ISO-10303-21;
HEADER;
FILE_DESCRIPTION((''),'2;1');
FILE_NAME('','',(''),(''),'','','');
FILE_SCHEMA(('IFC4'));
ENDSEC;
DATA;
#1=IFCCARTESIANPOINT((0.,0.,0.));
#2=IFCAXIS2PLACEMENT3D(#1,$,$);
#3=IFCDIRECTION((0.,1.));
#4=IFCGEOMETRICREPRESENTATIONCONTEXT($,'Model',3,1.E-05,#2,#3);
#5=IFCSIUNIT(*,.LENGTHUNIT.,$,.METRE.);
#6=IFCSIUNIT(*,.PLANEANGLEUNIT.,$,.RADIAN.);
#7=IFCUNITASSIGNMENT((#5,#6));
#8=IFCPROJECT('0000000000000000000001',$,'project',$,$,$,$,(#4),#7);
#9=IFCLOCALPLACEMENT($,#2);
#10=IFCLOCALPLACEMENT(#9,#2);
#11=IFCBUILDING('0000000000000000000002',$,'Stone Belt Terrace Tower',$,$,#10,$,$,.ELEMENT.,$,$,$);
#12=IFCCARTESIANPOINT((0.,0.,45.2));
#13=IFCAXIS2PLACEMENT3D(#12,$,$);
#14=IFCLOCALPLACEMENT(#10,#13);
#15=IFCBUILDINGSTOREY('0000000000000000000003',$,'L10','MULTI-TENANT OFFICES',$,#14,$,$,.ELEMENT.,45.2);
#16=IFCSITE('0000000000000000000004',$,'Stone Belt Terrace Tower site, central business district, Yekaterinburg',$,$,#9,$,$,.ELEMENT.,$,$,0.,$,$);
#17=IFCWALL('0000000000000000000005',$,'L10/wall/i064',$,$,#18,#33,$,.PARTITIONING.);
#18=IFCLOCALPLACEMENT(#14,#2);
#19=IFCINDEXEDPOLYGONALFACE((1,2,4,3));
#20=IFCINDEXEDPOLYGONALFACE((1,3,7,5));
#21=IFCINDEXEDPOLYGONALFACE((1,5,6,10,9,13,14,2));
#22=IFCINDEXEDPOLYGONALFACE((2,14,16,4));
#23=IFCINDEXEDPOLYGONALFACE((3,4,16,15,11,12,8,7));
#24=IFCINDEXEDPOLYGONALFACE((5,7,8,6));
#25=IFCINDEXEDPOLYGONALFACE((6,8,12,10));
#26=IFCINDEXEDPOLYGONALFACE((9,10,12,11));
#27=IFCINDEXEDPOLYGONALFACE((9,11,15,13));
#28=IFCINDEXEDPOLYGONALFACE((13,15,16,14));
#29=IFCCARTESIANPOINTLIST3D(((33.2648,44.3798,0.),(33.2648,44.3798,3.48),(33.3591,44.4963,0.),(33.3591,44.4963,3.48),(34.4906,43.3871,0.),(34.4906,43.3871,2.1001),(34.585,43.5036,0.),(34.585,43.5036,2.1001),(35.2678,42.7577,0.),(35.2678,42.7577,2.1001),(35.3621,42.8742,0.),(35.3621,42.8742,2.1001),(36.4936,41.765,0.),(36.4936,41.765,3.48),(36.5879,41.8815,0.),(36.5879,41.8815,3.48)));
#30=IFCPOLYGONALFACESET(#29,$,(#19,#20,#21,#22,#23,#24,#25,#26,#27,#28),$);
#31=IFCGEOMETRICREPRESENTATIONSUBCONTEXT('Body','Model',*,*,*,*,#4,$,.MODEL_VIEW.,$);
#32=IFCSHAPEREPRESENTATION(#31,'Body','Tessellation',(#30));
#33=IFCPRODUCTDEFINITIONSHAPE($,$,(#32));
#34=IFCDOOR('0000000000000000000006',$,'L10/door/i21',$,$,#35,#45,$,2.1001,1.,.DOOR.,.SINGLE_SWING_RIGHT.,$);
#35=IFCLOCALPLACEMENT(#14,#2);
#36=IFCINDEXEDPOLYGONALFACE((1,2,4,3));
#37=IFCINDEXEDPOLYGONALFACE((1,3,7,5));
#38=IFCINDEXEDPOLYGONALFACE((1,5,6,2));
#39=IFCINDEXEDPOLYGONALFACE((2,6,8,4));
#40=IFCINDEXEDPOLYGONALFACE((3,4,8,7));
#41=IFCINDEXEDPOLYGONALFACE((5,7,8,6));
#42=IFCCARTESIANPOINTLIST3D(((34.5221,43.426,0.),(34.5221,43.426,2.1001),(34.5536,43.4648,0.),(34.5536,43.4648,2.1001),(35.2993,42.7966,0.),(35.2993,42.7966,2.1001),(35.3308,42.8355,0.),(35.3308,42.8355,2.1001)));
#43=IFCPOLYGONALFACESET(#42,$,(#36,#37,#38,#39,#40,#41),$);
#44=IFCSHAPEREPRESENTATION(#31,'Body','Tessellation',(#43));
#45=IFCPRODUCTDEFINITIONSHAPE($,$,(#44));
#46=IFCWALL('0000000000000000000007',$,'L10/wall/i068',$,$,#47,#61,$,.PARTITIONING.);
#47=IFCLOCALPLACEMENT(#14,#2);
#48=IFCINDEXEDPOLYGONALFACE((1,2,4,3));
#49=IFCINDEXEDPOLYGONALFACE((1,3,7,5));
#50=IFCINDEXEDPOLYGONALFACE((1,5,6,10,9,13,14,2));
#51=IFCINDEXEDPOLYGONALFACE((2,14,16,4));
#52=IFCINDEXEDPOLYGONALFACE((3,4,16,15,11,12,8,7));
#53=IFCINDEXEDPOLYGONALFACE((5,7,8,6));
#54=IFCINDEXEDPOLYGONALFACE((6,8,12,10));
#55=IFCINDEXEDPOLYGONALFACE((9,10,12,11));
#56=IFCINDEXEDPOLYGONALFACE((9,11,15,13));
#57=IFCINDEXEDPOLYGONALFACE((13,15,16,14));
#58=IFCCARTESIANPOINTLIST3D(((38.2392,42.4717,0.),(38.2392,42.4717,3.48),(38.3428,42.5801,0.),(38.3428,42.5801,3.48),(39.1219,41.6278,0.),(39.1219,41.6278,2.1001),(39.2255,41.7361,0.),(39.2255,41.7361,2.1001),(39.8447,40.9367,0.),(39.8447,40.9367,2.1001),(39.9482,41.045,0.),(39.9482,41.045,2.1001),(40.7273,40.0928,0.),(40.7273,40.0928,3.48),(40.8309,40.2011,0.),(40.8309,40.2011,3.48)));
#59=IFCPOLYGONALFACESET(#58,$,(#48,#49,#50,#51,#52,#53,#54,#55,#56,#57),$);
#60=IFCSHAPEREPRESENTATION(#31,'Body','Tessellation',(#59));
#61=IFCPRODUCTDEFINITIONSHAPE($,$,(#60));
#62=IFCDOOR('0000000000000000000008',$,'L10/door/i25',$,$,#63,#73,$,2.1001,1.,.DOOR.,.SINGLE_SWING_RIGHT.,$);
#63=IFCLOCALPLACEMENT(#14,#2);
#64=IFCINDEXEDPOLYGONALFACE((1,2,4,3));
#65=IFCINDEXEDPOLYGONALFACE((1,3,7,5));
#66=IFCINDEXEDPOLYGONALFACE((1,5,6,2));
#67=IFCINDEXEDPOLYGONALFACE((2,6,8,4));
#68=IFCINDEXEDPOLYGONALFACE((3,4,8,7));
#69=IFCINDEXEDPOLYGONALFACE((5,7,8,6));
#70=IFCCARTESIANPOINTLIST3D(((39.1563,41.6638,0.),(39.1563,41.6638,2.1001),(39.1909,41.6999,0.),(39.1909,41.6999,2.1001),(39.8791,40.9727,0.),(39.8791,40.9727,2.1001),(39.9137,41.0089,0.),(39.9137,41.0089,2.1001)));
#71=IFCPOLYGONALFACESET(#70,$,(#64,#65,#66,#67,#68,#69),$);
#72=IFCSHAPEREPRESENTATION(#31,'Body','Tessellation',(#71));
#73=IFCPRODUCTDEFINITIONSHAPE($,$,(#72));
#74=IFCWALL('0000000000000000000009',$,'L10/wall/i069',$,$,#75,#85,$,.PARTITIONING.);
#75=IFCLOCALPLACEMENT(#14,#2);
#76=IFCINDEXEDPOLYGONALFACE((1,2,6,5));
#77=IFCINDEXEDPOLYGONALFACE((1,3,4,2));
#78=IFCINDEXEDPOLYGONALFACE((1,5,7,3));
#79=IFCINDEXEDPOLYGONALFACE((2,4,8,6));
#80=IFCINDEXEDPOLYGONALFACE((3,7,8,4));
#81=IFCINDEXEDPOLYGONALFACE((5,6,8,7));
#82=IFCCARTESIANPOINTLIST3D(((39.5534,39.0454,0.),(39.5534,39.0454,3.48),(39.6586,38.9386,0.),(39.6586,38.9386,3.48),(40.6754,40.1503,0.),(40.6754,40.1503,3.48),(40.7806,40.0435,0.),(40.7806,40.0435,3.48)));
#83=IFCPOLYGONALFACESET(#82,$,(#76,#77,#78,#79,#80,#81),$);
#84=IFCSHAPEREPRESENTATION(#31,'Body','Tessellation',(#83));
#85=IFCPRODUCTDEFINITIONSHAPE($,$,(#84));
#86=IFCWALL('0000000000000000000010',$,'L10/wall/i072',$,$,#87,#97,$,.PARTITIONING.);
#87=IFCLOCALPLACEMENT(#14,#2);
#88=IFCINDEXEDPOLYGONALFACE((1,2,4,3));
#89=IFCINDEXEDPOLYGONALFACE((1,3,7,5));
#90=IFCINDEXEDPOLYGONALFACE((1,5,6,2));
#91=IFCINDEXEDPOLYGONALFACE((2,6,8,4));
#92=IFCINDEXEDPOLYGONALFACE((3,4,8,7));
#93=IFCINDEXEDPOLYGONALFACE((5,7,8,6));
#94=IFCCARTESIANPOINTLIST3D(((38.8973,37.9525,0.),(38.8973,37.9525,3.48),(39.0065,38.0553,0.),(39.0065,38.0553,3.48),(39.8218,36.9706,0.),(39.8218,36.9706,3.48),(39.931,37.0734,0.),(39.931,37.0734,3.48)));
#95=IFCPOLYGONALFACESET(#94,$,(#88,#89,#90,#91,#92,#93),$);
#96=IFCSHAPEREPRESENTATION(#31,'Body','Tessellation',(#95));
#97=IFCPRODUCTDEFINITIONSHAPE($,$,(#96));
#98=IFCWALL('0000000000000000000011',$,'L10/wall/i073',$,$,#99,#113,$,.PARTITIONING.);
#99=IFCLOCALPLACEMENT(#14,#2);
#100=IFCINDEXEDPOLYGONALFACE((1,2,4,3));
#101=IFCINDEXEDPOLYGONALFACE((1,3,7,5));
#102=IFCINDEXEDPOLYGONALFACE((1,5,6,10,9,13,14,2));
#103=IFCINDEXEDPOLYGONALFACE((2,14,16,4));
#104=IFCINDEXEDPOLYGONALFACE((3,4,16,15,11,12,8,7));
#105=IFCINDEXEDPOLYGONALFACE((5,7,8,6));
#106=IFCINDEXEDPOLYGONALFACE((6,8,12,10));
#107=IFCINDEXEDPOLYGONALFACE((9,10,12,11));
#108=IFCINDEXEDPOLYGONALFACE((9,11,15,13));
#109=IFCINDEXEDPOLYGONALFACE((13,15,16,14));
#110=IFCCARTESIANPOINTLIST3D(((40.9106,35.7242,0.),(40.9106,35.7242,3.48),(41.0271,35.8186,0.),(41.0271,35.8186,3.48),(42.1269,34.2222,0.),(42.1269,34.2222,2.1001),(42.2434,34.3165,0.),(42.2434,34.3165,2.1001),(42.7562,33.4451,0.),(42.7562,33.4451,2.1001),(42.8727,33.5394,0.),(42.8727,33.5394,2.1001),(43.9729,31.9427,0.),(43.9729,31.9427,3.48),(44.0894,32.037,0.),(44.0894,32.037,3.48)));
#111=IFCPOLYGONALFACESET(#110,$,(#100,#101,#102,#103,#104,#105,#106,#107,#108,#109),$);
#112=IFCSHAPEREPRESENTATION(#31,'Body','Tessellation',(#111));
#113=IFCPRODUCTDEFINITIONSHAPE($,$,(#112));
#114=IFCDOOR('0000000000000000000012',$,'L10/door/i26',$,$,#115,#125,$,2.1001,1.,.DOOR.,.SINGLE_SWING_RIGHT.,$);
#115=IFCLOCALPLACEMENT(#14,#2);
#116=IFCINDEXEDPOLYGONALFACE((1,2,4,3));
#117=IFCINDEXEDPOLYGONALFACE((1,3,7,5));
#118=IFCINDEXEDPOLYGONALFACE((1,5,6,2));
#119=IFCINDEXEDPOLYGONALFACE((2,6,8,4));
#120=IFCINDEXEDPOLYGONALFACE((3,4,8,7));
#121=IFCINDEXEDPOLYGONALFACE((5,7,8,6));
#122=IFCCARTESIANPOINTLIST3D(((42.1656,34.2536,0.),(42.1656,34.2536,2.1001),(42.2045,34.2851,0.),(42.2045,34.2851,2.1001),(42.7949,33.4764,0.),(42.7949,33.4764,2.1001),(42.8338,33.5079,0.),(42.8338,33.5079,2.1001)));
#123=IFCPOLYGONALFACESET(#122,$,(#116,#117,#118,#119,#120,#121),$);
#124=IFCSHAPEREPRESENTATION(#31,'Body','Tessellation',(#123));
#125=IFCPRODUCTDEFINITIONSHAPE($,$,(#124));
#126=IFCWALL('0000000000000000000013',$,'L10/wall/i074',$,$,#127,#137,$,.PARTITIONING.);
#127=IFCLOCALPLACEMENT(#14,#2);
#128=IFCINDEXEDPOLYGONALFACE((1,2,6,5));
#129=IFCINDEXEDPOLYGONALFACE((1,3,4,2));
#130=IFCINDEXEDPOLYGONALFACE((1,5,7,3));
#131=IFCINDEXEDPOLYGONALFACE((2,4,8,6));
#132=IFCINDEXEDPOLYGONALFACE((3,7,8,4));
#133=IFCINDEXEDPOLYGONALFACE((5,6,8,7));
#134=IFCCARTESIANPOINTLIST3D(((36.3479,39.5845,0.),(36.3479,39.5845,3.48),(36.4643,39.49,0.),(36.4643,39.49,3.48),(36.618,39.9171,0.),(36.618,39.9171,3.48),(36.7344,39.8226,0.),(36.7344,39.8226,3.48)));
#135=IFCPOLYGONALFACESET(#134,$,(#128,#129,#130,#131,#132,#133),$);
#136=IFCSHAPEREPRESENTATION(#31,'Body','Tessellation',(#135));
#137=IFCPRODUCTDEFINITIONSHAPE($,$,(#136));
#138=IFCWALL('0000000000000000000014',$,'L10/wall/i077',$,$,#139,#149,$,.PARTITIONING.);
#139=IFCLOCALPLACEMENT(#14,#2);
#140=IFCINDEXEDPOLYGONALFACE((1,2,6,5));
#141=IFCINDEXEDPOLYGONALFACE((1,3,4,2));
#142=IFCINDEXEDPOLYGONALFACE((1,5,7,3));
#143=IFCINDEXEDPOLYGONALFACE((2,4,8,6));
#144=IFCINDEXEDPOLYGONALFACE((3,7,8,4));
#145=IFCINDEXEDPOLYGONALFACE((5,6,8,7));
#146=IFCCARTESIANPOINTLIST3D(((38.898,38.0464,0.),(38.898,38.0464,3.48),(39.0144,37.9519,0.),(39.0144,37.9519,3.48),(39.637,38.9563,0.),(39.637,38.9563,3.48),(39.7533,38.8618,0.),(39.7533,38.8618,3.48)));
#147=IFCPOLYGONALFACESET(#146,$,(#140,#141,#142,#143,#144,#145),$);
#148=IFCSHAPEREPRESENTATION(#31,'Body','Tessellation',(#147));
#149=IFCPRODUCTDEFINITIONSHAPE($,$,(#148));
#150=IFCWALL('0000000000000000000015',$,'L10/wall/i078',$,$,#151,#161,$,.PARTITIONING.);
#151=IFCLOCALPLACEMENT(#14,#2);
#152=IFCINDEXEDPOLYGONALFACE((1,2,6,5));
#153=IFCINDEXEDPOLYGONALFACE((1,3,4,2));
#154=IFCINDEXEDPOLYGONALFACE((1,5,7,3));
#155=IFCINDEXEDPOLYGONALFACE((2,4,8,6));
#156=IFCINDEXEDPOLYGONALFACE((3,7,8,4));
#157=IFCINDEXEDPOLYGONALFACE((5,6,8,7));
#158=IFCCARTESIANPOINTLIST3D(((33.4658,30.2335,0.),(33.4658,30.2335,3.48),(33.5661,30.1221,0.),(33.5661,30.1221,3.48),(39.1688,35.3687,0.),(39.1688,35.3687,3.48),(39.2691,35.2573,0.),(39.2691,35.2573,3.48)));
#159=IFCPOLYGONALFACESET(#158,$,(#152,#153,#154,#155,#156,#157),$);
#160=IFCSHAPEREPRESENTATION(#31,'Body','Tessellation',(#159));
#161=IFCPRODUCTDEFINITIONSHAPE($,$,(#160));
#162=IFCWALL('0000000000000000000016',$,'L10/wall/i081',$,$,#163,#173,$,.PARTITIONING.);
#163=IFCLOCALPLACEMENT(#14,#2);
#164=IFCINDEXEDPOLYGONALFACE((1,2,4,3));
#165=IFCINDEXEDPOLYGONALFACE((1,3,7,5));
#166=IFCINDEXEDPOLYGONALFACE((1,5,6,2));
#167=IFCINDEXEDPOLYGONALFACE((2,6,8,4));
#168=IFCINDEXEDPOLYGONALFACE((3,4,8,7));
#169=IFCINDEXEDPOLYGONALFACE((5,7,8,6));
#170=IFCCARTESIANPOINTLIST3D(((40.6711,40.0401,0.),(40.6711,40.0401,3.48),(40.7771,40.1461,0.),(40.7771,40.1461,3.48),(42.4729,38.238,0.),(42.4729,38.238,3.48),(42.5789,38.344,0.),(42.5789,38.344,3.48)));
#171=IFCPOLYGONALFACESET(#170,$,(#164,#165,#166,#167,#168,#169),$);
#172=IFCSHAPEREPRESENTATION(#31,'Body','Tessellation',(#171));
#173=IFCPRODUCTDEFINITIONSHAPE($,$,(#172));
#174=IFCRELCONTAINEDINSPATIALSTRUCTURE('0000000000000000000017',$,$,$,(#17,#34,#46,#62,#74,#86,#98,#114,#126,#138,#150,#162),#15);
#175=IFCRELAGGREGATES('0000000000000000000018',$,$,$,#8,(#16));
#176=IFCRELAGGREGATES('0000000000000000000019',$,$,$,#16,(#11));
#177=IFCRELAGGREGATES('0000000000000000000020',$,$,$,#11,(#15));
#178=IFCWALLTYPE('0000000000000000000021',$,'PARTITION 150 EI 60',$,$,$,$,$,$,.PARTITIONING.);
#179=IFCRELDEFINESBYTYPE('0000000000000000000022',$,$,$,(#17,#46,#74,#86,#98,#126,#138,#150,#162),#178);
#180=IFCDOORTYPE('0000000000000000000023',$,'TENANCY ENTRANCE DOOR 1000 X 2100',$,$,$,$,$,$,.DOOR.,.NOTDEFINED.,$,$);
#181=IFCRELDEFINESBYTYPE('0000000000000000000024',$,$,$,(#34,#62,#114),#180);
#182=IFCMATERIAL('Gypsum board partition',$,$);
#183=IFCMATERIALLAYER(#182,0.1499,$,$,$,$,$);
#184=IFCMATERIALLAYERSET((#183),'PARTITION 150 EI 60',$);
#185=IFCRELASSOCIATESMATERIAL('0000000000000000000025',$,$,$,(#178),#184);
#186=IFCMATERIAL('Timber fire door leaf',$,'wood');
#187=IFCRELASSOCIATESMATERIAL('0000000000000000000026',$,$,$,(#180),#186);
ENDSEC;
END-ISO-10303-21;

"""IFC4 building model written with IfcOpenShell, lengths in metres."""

from ifc_helpers import new_model, si_unit, direction, frame, frame_2d, origin, place, context, subcontext, project, spatial, rectangle, extrude, material, layer, layer_set, type_object, element, fill, save


model = new_model("IFC4")

# Units and contexts
model_context = context("Model", 3, precision=1e-05, world=origin(), true_north=direction((0.0, 1.0)))
body_context = subcontext(model_context, "Body", "Model", "MODEL_VIEW")
ifc_project = project(units=[si_unit("LENGTHUNIT", "METRE"), si_unit("PLANEANGLEUNIT", "RADIAN")], contexts=[model_context])

# Site, building, storey
site_placement = place(None, origin())
site = spatial("IfcSite", under=ifc_project, at=site_placement, Name="Stone Belt Terrace Tower site, central business district, Yekaterinburg", CompositionType="ELEMENT", RefElevation=0.0)
building_placement = place(site_placement, origin())
building = spatial("IfcBuilding", under=site, at=building_placement, Name="Stone Belt Terrace Tower", CompositionType="ELEMENT")
storey_placement = place(building_placement, frame((0.0, 0.0, 45.2)))
storey = spatial("IfcBuildingStorey", under=building, at=storey_placement, Name="L10", Description="MULTI-TENANT OFFICES", CompositionType="ELEMENT", Elevation=45.2)

# Walls, openings, doors
ifc_material_1 = material(Name="Gypsum board partition")
ifc_layer_1 = layer(ifc_material_1, 0.1499)
ifc_layer_set_1 = layer_set([ifc_layer_1], Name="PARTITION 150 EI 60")
wall_type_1 = type_object("IfcWallType", Name="PARTITION 150 EI 60", PredefinedType="PARTITIONING", material=ifc_layer_set_1)
wall_1_placement = place(storey_placement, frame((36.5408, 41.8232, 0.0), z_axis=(0.0, 0.0, 1.0), x_axis=(-0.777129, 0.629342, 0.0)))
wall_1 = element("IfcWall", 1, at=wall_1_placement, inside=storey, type_object=wall_type_1, Name="L10/wall/i064", PredefinedType="PARTITIONING", context=body_context, shape_type="SweptSolid", body=[
    extrude(rectangle(XDim=4.1548, YDim=0.1499, at=frame_2d((2.0774, 0.0))), origin(), (0.0, 0.0, 1.0), 3.48),
])
opening_1_placement = place(wall_1_placement, frame((1.5774, 0.0, 0.0)))
opening_1 = element("IfcOpeningElement", 2, at=opening_1_placement, cuts=wall_1, PredefinedType="OPENING", context=body_context, shape_type="SweptSolid", body=[
    extrude(rectangle(XDim=1.0, YDim=2.1001, at=frame_2d((0.5, 1.05))), frame((0.0, 0.085, 0.0), z_axis=(0.0, -1.0, 0.0), x_axis=(1.0, 0.0, 0.0)), (0.0, 0.0, 1.0), 0.1699),
])
ifc_material_2 = material(Name="Timber fire door leaf", Category="wood")
door_type = type_object("IfcDoorType", Name="TENANCY ENTRANCE DOOR 1000 X 2100", OperationType="NOTDEFINED", PredefinedType="DOOR", material=ifc_material_2)
door_1_placement = place(opening_1_placement, origin())
door_1 = element("IfcDoor", 3, at=door_1_placement, inside=storey, type_object=door_type, Name="L10/door/i21", OperationType="SINGLE_SWING_RIGHT", OverallHeight=2.1001, OverallWidth=1.0, PredefinedType="DOOR", context=body_context, shape_type="SweptSolid", body=[
    extrude(rectangle(XDim=1.0, YDim=2.1001, at=frame_2d((0.5, 1.05))), frame((0.0, 0.0249, 0.0), z_axis=(0.0, -1.0, 0.0), x_axis=(1.0, 0.0, 0.0)), (0.0, 0.0, 1.0), 0.05),
])
fill(opening_1, door_1)
wall_2_placement = place(storey_placement, frame((38.291, 42.5259, 0.0), z_axis=(0.0, 0.0, 1.0), x_axis=(0.72278, -0.691078, 0.0)))
wall_2 = element("IfcWall", 4, at=wall_2_placement, inside=storey, type_object=wall_type_1, Name="L10/wall/i068", PredefinedType="PARTITIONING", context=body_context, shape_type="SweptSolid", body=[
    extrude(rectangle(XDim=3.4424, YDim=0.1499, at=frame_2d((1.7212, 0.0))), origin(), (0.0, 0.0, 1.0), 3.48),
])
opening_2_placement = place(wall_2_placement, frame((1.2212, 0.0, 0.0)))
opening_2 = element("IfcOpeningElement", 5, at=opening_2_placement, cuts=wall_2, PredefinedType="OPENING", context=body_context, shape_type="SweptSolid", body=[
    extrude(rectangle(XDim=1.0, YDim=2.1001, at=frame_2d((0.5, 1.05))), frame((0.0, 0.085, 0.0), z_axis=(0.0, -1.0, 0.0), x_axis=(1.0, 0.0, 0.0)), (0.0, 0.0, 1.0), 0.1699),
])
door_2_placement = place(opening_2_placement, origin())
door_2 = element("IfcDoor", 6, at=door_2_placement, inside=storey, type_object=door_type, Name="L10/door/i25", OperationType="SINGLE_SWING_RIGHT", OverallHeight=2.1001, OverallWidth=1.0, PredefinedType="DOOR", context=body_context, shape_type="SweptSolid", body=[
    extrude(rectangle(XDim=1.0, YDim=2.1001, at=frame_2d((0.5, 1.05))), frame((0.0, 0.0249, 0.0), z_axis=(0.0, -1.0, 0.0), x_axis=(1.0, 0.0, 0.0)), (0.0, 0.0, 1.0), 0.05),
])
fill(opening_2, door_2)

# Walls
wall_3_placement = place(storey_placement, frame((40.728, 40.0969, 0.0), z_axis=(0.0, 0.0, 1.0), x_axis=(-0.712512, -0.70166, 0.0)))
element("IfcWall", 7, at=wall_3_placement, inside=storey, type_object=wall_type_1, Name="L10/wall/i069", PredefinedType="PARTITIONING", context=body_context, shape_type="SweptSolid", body=[
    extrude(rectangle(XDim=1.5747, YDim=0.1499, at=frame_2d((0.7874, 0.0))), origin(), (0.0, 0.0, 1.0), 3.48),
])
wall_4_placement = place(storey_placement, frame((38.9519, 38.0039, 0.0), z_axis=(0.0, 0.0, 1.0), x_axis=(0.685517, -0.728056, 0.0)))
element("IfcWall", 8, at=wall_4_placement, inside=storey, type_object=wall_type_1, Name="L10/wall/i072", PredefinedType="PARTITIONING", context=body_context, shape_type="SweptSolid", body=[
    extrude(rectangle(XDim=1.3486, YDim=0.1499, at=frame_2d((0.6743, 0.0))), origin(), (0.0, 0.0, 1.0), 3.48),
])

# Wall, opening, door
wall_5_placement = place(storey_placement, frame((40.9688, 35.7715, 0.0), z_axis=(0.0, 0.0, 1.0), x_axis=(0.629328, -0.77714, 0.0)))
wall_5 = element("IfcWall", 9, at=wall_5_placement, inside=storey, type_object=wall_type_1, Name="L10/wall/i073", PredefinedType="PARTITIONING", context=body_context, shape_type="SweptSolid", body=[
    extrude(rectangle(XDim=4.866, YDim=0.1499, at=frame_2d((2.4331, 0.0))), origin(), (0.0, 0.0, 1.0), 3.48),
])
opening_3_placement = place(wall_5_placement, frame((1.9329, 0.0, 0.0)))
opening_3 = element("IfcOpeningElement", 10, at=opening_3_placement, cuts=wall_5, PredefinedType="OPENING", context=body_context, shape_type="SweptSolid", body=[
    extrude(rectangle(XDim=1.0, YDim=2.1001, at=frame_2d((0.5, 1.05))), frame((0.0, 0.085, 0.0), z_axis=(0.0, -1.0, 0.0), x_axis=(1.0, 0.0, 0.0)), (0.0, 0.0, 1.0), 0.1699),
])
door_3_placement = place(opening_3_placement, origin())
door_3 = element("IfcDoor", 11, at=door_3_placement, inside=storey, type_object=door_type, Name="L10/door/i26", OperationType="SINGLE_SWING_RIGHT", OverallHeight=2.1001, OverallWidth=1.0, PredefinedType="DOOR", context=body_context, shape_type="SweptSolid", body=[
    extrude(rectangle(XDim=1.0, YDim=2.1001, at=frame_2d((0.5, 1.05))), frame((0.0, 0.0249, 0.0), z_axis=(0.0, -1.0, 0.0), x_axis=(1.0, 0.0, 0.0)), (0.0, 0.0, 1.0), 0.05),
])
fill(opening_3, door_3)

# Walls
wall_6_placement = place(storey_placement, frame((36.406, 39.5371, 0.0), z_axis=(0.0, 0.0, 1.0), x_axis=(0.630378, 0.776288, 0.0)))
element("IfcWall", 12, at=wall_6_placement, inside=storey, type_object=wall_type_1, Name="L10/wall/i074", PredefinedType="PARTITIONING", context=body_context, shape_type="SweptSolid", body=[
    extrude(rectangle(XDim=0.4285, YDim=0.1499, at=frame_2d((0.2144, 0.0))), origin(), (0.0, 0.0, 1.0), 3.48),
])
wall_7_placement = place(storey_placement, frame((39.6951, 38.9089, 0.0), z_axis=(0.0, 0.0, 1.0), x_axis=(-0.630444, -0.776235, 0.0)))
element("IfcWall", 13, at=wall_7_placement, inside=storey, type_object=wall_type_1, Name="L10/wall/i077", PredefinedType="PARTITIONING", context=body_context, shape_type="SweptSolid", body=[
    extrude(rectangle(XDim=1.1721, YDim=0.1499, at=frame_2d((0.5859, 0.0))), origin(), (0.0, 0.0, 1.0), 3.48),
])
wall_8_placement = place(storey_placement, frame((39.219, 35.313, 0.0), z_axis=(0.0, 0.0, 1.0), x_axis=(-0.743136, -0.66914, 0.0)))
element("IfcWall", 14, at=wall_8_placement, inside=storey, type_object=wall_type_1, Name="L10/wall/i078", PredefinedType="PARTITIONING", context=body_context, shape_type="SweptSolid", body=[
    extrude(rectangle(XDim=7.6743, YDim=0.1499, at=frame_2d((3.8372, 0.0))), origin(), (0.0, 0.0, 1.0), 3.48),
])
wall_9_placement = place(storey_placement, frame((42.5259, 38.291, 0.0), z_axis=(0.0, 0.0, 1.0), x_axis=(-0.707059, 0.707155, 0.0)))
element("IfcWall", 15, at=wall_9_placement, inside=storey, type_object=wall_type_1, Name="L10/wall/i081", PredefinedType="PARTITIONING", context=body_context, shape_type="SweptSolid", body=[
    extrude(rectangle(XDim=2.5483, YDim=0.1499, at=frame_2d((1.2742, 0.0))), origin(), (0.0, 0.0, 1.0), 3.48),
])

save(model, "model.ifc")
